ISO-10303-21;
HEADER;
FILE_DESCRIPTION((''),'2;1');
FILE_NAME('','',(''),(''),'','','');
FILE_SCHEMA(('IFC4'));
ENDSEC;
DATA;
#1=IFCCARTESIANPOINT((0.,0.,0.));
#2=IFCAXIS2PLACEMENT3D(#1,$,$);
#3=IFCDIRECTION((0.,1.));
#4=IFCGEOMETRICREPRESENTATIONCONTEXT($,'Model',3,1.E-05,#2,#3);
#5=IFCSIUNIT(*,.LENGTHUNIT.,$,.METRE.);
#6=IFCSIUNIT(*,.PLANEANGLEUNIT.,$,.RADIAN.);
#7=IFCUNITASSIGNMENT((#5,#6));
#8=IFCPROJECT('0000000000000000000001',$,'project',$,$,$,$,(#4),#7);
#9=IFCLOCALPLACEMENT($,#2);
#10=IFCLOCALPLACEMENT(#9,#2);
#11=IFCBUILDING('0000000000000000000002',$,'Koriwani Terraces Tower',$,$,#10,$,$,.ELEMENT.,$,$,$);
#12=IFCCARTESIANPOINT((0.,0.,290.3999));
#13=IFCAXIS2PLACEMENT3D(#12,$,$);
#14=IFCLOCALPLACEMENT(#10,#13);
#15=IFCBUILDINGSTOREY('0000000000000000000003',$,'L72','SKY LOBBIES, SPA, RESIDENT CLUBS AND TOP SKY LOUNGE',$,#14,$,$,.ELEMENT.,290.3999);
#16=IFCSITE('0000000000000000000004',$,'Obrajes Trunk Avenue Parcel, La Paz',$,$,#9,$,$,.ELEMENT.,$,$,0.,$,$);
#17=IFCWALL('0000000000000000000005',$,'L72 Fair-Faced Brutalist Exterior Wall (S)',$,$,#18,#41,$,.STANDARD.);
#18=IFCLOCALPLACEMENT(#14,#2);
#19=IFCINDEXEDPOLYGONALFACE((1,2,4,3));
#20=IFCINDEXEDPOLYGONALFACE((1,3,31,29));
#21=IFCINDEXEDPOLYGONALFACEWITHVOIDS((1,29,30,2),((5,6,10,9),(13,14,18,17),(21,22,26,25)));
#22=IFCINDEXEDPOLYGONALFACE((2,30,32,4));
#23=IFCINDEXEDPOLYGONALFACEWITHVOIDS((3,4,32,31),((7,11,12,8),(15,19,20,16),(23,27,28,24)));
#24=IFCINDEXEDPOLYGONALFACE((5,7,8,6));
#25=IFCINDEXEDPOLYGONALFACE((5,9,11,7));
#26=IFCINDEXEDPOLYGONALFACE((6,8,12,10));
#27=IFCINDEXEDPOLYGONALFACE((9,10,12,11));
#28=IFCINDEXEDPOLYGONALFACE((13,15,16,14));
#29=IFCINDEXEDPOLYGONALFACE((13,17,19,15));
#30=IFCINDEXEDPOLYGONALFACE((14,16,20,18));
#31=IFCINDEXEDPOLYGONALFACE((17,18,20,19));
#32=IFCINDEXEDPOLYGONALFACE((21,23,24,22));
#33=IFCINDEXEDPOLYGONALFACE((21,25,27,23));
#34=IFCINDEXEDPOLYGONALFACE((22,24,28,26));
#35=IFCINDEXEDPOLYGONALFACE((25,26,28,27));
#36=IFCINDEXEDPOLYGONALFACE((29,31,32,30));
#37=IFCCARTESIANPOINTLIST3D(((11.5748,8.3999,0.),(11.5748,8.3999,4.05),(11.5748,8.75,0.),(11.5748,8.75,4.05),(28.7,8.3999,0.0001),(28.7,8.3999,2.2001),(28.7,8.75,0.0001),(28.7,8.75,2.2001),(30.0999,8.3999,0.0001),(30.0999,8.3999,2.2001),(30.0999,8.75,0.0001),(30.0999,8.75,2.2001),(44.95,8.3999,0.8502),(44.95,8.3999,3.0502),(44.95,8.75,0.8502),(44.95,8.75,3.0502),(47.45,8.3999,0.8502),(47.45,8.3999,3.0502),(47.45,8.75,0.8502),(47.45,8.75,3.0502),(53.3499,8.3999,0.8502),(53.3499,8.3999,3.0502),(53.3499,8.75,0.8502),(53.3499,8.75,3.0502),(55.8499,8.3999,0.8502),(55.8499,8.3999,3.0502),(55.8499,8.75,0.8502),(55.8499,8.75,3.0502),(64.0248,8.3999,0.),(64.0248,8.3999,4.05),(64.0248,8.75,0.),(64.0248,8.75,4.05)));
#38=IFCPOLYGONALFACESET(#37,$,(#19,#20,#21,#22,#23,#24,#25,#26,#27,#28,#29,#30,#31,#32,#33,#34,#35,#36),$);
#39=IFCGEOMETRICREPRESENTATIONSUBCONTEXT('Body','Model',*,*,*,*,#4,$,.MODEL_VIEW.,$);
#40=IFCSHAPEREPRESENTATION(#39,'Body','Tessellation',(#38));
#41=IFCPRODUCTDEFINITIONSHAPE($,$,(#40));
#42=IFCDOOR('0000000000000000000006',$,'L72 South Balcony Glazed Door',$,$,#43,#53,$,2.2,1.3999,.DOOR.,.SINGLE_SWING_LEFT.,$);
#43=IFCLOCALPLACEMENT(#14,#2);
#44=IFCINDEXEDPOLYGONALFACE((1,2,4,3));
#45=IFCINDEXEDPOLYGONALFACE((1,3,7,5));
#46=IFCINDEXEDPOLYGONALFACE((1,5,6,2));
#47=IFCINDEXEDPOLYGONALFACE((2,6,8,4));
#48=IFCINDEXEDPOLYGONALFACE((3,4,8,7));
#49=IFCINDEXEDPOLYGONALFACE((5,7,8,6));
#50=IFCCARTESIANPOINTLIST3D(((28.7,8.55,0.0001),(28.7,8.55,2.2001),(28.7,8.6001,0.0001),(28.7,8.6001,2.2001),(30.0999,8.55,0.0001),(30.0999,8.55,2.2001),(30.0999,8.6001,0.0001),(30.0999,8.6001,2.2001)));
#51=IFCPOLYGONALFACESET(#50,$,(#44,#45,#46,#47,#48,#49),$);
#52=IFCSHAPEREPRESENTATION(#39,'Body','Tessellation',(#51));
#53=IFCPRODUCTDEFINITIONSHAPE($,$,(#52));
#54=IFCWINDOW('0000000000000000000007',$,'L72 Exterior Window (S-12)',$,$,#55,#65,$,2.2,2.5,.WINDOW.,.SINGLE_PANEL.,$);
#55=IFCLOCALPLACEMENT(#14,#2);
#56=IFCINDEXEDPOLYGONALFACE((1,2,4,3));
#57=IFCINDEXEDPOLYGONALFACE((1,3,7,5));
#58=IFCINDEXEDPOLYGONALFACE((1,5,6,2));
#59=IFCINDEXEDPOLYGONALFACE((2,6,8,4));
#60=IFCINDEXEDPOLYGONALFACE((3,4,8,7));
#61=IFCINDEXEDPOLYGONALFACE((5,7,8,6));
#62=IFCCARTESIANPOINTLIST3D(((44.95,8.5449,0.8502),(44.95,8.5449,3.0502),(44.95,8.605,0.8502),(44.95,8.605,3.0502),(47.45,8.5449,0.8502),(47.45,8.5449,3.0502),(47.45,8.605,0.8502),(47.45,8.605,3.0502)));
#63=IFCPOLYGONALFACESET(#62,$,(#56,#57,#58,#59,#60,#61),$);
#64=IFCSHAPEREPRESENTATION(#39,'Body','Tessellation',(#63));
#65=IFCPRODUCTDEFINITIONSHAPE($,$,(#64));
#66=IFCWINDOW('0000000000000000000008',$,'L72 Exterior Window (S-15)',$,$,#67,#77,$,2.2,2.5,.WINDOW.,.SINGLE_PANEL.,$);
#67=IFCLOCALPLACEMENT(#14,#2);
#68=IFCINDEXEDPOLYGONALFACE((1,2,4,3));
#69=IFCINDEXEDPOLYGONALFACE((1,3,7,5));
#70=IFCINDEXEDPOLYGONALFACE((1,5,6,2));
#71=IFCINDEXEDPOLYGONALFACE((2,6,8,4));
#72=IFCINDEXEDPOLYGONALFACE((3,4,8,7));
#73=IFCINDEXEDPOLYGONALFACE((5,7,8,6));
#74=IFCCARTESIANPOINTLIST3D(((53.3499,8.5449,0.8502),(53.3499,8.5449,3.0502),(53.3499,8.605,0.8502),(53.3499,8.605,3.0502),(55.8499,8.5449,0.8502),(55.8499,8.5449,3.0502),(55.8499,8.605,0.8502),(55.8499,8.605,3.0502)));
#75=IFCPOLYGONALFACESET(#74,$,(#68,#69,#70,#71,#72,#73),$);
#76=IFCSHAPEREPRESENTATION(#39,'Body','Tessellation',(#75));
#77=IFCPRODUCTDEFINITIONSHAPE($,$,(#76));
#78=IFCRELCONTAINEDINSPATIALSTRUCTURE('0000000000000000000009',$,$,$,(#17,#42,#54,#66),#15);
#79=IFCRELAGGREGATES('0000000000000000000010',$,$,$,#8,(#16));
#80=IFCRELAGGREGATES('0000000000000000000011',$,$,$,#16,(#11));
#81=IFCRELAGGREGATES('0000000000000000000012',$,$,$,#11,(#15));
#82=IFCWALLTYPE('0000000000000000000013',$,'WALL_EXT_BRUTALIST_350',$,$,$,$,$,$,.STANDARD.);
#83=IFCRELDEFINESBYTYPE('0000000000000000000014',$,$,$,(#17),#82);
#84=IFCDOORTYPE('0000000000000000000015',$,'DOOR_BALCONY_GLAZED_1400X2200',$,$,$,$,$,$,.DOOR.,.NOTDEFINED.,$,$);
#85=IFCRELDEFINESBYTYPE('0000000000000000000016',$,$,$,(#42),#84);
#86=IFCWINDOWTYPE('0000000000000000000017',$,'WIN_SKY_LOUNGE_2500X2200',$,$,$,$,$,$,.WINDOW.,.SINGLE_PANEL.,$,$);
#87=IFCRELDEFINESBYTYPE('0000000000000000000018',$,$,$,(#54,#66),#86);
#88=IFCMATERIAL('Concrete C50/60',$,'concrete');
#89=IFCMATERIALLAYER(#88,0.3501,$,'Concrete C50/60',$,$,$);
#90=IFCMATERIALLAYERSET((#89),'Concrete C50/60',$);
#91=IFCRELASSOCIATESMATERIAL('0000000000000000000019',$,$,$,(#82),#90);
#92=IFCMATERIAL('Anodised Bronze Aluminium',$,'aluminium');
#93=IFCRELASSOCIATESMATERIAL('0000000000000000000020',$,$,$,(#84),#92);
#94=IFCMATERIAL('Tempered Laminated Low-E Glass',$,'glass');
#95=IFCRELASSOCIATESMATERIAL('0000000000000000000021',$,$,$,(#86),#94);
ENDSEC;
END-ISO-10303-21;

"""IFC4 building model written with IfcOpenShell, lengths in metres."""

from ifc_helpers import new_model, si_unit, direction, frame, frame_2d, origin, place, context, subcontext, project, spatial, rectangle, extrude, material, layer, layer_set, type_object, element, fill, save


model = new_model("IFC4")

# Units and contexts
model_context = context("Model", 3, precision=1e-05, world=origin(), true_north=direction((0.0, 1.0)))
body_context = subcontext(model_context, "Body", "Model", "MODEL_VIEW")
ifc_project = project(units=[si_unit("LENGTHUNIT", "METRE"), si_unit("PLANEANGLEUNIT", "RADIAN")], contexts=[model_context])

# Site, building, storey
site_placement = place(None, origin())
site = spatial("IfcSite", under=ifc_project, at=site_placement, Name="Obrajes Trunk Avenue Parcel, La Paz", CompositionType="ELEMENT", RefElevation=0.0)
building_placement = place(site_placement, origin())
building = spatial("IfcBuilding", under=site, at=building_placement, Name="Koriwani Terraces Tower", CompositionType="ELEMENT")
storey_placement = place(building_placement, frame((0.0, 0.0, 290.3999)))
storey = spatial("IfcBuildingStorey", under=building, at=storey_placement, Name="L72", Description="SKY LOBBIES, SPA, RESIDENT CLUBS AND TOP SKY LOUNGE", CompositionType="ELEMENT", Elevation=290.3999)

# Shared definitions
ifc_material_1 = material(Name="Concrete C50/60", Category="concrete")

# Shared definitions
ifc_material_2 = material(Name="Anodised Bronze Aluminium", Category="aluminium")

# Shared definitions
ifc_material_3 = material(Name="Tempered Laminated Low-E Glass", Category="glass")

# Shared definitions
ifc_layer_1 = layer(ifc_material_1, 0.3501, Name="Concrete C50/60")
ifc_layer_set_1 = layer_set([ifc_layer_1], Name="Concrete C50/60")
wall_type_1 = type_object("IfcWallType", Name="WALL_EXT_BRUTALIST_350", PredefinedType="STANDARD", material=ifc_layer_set_1)

# Wall, openings, door, windows
wall_1_placement = place(storey_placement, frame((64.0249, 8.575, 0.0), z_axis=(0.0, 0.0, 1.0), x_axis=(-1.0, 0.0, 0.0)))
wall_1 = element("IfcWall", 1, at=wall_1_placement, inside=storey, type_object=wall_type_1, Name="L72 Fair-Faced Brutalist Exterior Wall (S)", PredefinedType="STANDARD", context=body_context, shape_type="SweptSolid", body=[
    extrude(rectangle(XDim=52.45, YDim=0.3501, at=frame_2d((26.2251, 0.0))), origin(), (0.0, 0.0, 1.0), 4.05),
])
opening_1_placement = place(wall_1_placement, frame((33.925, 0.0, 0.0)))
opening_1 = element("IfcOpeningElement", 2, at=opening_1_placement, cuts=wall_1, PredefinedType="OPENING", context=body_context, shape_type="SweptSolid", body=[
    extrude(rectangle(XDim=1.3999, YDim=2.2, at=frame_2d((0.7, 1.1001))), frame((0.0, 0.1851, 0.0), z_axis=(0.0, -1.0, 0.0), x_axis=(1.0, 0.0, 0.0)), (0.0, 0.0, 1.0), 0.3701),
])
opening_2_placement = place(wall_1_placement, frame((16.575, 0.0, 0.8501)))
opening_2 = element("IfcOpeningElement", 3, at=opening_2_placement, cuts=wall_1, PredefinedType="OPENING", context=body_context, shape_type="SweptSolid", body=[
    extrude(rectangle(XDim=2.5, YDim=2.2, at=frame_2d((1.25, 1.1001))), frame((0.0, 0.1851, 0.0), z_axis=(0.0, -1.0, 0.0), x_axis=(1.0, 0.0, 0.0)), (0.0, 0.0, 1.0), 0.3701),
])
opening_3_placement = place(wall_1_placement, frame((8.175, 0.0, 0.8501)))
opening_3 = element("IfcOpeningElement", 4, at=opening_3_placement, cuts=wall_1, PredefinedType="OPENING", context=body_context, shape_type="SweptSolid", body=[
    extrude(rectangle(XDim=2.5, YDim=2.2, at=frame_2d((1.25, 1.1001))), frame((0.0, 0.1851, 0.0), z_axis=(0.0, -1.0, 0.0), x_axis=(1.0, 0.0, 0.0)), (0.0, 0.0, 1.0), 0.3701),
])
door_type = type_object("IfcDoorType", Name="DOOR_BALCONY_GLAZED_1400X2200", OperationType="NOTDEFINED", PredefinedType="DOOR", material=ifc_material_2)
door_placement = place(opening_1_placement, origin())
door = element("IfcDoor", 5, at=door_placement, inside=storey, type_object=door_type, Name="L72 South Balcony Glazed Door", OperationType="SINGLE_SWING_LEFT", OverallHeight=2.2, OverallWidth=1.3999, PredefinedType="DOOR", context=body_context, shape_type="SweptSolid", body=[
    extrude(rectangle(XDim=1.3999, YDim=2.2, at=frame_2d((0.7, 1.1001))), frame((0.0, 0.0249, 0.0), z_axis=(0.0, -1.0, 0.0), x_axis=(1.0, 0.0, 0.0)), (0.0, 0.0, 1.0), 0.05),
])
fill(opening_1, door)
window_type = type_object("IfcWindowType", Name="WIN_SKY_LOUNGE_2500X2200", PartitioningType="SINGLE_PANEL", PredefinedType="WINDOW", material=ifc_material_3)
window_1_placement = place(opening_2_placement, origin())
window_1 = element("IfcWindow", 6, at=window_1_placement, inside=storey, type_object=window_type, Name="L72 Exterior Window (S-12)", OverallHeight=2.2, OverallWidth=2.5, PartitioningType="SINGLE_PANEL", PredefinedType="WINDOW", context=body_context, shape_type="SweptSolid", body=[
    extrude(rectangle(XDim=2.5, YDim=2.2, at=frame_2d((1.25, 1.1001))), frame((0.0, 0.03, 0.0), z_axis=(0.0, -1.0, 0.0), x_axis=(1.0, 0.0, 0.0)), (0.0, 0.0, 1.0), 0.0601),
])
fill(opening_2, window_1)
window_2_placement = place(opening_3_placement, origin())
window_2 = element("IfcWindow", 7, at=window_2_placement, inside=storey, type_object=window_type, Name="L72 Exterior Window (S-15)", OverallHeight=2.2, OverallWidth=2.5, PartitioningType="SINGLE_PANEL", PredefinedType="WINDOW", context=body_context, shape_type="SweptSolid", body=[
    extrude(rectangle(XDim=2.5, YDim=2.2, at=frame_2d((1.25, 1.1001))), frame((0.0, 0.03, 0.0), z_axis=(0.0, -1.0, 0.0), x_axis=(1.0, 0.0, 0.0)), (0.0, 0.0, 1.0), 0.0601),
])
fill(opening_3, window_2)

save(model, "model.ifc")
